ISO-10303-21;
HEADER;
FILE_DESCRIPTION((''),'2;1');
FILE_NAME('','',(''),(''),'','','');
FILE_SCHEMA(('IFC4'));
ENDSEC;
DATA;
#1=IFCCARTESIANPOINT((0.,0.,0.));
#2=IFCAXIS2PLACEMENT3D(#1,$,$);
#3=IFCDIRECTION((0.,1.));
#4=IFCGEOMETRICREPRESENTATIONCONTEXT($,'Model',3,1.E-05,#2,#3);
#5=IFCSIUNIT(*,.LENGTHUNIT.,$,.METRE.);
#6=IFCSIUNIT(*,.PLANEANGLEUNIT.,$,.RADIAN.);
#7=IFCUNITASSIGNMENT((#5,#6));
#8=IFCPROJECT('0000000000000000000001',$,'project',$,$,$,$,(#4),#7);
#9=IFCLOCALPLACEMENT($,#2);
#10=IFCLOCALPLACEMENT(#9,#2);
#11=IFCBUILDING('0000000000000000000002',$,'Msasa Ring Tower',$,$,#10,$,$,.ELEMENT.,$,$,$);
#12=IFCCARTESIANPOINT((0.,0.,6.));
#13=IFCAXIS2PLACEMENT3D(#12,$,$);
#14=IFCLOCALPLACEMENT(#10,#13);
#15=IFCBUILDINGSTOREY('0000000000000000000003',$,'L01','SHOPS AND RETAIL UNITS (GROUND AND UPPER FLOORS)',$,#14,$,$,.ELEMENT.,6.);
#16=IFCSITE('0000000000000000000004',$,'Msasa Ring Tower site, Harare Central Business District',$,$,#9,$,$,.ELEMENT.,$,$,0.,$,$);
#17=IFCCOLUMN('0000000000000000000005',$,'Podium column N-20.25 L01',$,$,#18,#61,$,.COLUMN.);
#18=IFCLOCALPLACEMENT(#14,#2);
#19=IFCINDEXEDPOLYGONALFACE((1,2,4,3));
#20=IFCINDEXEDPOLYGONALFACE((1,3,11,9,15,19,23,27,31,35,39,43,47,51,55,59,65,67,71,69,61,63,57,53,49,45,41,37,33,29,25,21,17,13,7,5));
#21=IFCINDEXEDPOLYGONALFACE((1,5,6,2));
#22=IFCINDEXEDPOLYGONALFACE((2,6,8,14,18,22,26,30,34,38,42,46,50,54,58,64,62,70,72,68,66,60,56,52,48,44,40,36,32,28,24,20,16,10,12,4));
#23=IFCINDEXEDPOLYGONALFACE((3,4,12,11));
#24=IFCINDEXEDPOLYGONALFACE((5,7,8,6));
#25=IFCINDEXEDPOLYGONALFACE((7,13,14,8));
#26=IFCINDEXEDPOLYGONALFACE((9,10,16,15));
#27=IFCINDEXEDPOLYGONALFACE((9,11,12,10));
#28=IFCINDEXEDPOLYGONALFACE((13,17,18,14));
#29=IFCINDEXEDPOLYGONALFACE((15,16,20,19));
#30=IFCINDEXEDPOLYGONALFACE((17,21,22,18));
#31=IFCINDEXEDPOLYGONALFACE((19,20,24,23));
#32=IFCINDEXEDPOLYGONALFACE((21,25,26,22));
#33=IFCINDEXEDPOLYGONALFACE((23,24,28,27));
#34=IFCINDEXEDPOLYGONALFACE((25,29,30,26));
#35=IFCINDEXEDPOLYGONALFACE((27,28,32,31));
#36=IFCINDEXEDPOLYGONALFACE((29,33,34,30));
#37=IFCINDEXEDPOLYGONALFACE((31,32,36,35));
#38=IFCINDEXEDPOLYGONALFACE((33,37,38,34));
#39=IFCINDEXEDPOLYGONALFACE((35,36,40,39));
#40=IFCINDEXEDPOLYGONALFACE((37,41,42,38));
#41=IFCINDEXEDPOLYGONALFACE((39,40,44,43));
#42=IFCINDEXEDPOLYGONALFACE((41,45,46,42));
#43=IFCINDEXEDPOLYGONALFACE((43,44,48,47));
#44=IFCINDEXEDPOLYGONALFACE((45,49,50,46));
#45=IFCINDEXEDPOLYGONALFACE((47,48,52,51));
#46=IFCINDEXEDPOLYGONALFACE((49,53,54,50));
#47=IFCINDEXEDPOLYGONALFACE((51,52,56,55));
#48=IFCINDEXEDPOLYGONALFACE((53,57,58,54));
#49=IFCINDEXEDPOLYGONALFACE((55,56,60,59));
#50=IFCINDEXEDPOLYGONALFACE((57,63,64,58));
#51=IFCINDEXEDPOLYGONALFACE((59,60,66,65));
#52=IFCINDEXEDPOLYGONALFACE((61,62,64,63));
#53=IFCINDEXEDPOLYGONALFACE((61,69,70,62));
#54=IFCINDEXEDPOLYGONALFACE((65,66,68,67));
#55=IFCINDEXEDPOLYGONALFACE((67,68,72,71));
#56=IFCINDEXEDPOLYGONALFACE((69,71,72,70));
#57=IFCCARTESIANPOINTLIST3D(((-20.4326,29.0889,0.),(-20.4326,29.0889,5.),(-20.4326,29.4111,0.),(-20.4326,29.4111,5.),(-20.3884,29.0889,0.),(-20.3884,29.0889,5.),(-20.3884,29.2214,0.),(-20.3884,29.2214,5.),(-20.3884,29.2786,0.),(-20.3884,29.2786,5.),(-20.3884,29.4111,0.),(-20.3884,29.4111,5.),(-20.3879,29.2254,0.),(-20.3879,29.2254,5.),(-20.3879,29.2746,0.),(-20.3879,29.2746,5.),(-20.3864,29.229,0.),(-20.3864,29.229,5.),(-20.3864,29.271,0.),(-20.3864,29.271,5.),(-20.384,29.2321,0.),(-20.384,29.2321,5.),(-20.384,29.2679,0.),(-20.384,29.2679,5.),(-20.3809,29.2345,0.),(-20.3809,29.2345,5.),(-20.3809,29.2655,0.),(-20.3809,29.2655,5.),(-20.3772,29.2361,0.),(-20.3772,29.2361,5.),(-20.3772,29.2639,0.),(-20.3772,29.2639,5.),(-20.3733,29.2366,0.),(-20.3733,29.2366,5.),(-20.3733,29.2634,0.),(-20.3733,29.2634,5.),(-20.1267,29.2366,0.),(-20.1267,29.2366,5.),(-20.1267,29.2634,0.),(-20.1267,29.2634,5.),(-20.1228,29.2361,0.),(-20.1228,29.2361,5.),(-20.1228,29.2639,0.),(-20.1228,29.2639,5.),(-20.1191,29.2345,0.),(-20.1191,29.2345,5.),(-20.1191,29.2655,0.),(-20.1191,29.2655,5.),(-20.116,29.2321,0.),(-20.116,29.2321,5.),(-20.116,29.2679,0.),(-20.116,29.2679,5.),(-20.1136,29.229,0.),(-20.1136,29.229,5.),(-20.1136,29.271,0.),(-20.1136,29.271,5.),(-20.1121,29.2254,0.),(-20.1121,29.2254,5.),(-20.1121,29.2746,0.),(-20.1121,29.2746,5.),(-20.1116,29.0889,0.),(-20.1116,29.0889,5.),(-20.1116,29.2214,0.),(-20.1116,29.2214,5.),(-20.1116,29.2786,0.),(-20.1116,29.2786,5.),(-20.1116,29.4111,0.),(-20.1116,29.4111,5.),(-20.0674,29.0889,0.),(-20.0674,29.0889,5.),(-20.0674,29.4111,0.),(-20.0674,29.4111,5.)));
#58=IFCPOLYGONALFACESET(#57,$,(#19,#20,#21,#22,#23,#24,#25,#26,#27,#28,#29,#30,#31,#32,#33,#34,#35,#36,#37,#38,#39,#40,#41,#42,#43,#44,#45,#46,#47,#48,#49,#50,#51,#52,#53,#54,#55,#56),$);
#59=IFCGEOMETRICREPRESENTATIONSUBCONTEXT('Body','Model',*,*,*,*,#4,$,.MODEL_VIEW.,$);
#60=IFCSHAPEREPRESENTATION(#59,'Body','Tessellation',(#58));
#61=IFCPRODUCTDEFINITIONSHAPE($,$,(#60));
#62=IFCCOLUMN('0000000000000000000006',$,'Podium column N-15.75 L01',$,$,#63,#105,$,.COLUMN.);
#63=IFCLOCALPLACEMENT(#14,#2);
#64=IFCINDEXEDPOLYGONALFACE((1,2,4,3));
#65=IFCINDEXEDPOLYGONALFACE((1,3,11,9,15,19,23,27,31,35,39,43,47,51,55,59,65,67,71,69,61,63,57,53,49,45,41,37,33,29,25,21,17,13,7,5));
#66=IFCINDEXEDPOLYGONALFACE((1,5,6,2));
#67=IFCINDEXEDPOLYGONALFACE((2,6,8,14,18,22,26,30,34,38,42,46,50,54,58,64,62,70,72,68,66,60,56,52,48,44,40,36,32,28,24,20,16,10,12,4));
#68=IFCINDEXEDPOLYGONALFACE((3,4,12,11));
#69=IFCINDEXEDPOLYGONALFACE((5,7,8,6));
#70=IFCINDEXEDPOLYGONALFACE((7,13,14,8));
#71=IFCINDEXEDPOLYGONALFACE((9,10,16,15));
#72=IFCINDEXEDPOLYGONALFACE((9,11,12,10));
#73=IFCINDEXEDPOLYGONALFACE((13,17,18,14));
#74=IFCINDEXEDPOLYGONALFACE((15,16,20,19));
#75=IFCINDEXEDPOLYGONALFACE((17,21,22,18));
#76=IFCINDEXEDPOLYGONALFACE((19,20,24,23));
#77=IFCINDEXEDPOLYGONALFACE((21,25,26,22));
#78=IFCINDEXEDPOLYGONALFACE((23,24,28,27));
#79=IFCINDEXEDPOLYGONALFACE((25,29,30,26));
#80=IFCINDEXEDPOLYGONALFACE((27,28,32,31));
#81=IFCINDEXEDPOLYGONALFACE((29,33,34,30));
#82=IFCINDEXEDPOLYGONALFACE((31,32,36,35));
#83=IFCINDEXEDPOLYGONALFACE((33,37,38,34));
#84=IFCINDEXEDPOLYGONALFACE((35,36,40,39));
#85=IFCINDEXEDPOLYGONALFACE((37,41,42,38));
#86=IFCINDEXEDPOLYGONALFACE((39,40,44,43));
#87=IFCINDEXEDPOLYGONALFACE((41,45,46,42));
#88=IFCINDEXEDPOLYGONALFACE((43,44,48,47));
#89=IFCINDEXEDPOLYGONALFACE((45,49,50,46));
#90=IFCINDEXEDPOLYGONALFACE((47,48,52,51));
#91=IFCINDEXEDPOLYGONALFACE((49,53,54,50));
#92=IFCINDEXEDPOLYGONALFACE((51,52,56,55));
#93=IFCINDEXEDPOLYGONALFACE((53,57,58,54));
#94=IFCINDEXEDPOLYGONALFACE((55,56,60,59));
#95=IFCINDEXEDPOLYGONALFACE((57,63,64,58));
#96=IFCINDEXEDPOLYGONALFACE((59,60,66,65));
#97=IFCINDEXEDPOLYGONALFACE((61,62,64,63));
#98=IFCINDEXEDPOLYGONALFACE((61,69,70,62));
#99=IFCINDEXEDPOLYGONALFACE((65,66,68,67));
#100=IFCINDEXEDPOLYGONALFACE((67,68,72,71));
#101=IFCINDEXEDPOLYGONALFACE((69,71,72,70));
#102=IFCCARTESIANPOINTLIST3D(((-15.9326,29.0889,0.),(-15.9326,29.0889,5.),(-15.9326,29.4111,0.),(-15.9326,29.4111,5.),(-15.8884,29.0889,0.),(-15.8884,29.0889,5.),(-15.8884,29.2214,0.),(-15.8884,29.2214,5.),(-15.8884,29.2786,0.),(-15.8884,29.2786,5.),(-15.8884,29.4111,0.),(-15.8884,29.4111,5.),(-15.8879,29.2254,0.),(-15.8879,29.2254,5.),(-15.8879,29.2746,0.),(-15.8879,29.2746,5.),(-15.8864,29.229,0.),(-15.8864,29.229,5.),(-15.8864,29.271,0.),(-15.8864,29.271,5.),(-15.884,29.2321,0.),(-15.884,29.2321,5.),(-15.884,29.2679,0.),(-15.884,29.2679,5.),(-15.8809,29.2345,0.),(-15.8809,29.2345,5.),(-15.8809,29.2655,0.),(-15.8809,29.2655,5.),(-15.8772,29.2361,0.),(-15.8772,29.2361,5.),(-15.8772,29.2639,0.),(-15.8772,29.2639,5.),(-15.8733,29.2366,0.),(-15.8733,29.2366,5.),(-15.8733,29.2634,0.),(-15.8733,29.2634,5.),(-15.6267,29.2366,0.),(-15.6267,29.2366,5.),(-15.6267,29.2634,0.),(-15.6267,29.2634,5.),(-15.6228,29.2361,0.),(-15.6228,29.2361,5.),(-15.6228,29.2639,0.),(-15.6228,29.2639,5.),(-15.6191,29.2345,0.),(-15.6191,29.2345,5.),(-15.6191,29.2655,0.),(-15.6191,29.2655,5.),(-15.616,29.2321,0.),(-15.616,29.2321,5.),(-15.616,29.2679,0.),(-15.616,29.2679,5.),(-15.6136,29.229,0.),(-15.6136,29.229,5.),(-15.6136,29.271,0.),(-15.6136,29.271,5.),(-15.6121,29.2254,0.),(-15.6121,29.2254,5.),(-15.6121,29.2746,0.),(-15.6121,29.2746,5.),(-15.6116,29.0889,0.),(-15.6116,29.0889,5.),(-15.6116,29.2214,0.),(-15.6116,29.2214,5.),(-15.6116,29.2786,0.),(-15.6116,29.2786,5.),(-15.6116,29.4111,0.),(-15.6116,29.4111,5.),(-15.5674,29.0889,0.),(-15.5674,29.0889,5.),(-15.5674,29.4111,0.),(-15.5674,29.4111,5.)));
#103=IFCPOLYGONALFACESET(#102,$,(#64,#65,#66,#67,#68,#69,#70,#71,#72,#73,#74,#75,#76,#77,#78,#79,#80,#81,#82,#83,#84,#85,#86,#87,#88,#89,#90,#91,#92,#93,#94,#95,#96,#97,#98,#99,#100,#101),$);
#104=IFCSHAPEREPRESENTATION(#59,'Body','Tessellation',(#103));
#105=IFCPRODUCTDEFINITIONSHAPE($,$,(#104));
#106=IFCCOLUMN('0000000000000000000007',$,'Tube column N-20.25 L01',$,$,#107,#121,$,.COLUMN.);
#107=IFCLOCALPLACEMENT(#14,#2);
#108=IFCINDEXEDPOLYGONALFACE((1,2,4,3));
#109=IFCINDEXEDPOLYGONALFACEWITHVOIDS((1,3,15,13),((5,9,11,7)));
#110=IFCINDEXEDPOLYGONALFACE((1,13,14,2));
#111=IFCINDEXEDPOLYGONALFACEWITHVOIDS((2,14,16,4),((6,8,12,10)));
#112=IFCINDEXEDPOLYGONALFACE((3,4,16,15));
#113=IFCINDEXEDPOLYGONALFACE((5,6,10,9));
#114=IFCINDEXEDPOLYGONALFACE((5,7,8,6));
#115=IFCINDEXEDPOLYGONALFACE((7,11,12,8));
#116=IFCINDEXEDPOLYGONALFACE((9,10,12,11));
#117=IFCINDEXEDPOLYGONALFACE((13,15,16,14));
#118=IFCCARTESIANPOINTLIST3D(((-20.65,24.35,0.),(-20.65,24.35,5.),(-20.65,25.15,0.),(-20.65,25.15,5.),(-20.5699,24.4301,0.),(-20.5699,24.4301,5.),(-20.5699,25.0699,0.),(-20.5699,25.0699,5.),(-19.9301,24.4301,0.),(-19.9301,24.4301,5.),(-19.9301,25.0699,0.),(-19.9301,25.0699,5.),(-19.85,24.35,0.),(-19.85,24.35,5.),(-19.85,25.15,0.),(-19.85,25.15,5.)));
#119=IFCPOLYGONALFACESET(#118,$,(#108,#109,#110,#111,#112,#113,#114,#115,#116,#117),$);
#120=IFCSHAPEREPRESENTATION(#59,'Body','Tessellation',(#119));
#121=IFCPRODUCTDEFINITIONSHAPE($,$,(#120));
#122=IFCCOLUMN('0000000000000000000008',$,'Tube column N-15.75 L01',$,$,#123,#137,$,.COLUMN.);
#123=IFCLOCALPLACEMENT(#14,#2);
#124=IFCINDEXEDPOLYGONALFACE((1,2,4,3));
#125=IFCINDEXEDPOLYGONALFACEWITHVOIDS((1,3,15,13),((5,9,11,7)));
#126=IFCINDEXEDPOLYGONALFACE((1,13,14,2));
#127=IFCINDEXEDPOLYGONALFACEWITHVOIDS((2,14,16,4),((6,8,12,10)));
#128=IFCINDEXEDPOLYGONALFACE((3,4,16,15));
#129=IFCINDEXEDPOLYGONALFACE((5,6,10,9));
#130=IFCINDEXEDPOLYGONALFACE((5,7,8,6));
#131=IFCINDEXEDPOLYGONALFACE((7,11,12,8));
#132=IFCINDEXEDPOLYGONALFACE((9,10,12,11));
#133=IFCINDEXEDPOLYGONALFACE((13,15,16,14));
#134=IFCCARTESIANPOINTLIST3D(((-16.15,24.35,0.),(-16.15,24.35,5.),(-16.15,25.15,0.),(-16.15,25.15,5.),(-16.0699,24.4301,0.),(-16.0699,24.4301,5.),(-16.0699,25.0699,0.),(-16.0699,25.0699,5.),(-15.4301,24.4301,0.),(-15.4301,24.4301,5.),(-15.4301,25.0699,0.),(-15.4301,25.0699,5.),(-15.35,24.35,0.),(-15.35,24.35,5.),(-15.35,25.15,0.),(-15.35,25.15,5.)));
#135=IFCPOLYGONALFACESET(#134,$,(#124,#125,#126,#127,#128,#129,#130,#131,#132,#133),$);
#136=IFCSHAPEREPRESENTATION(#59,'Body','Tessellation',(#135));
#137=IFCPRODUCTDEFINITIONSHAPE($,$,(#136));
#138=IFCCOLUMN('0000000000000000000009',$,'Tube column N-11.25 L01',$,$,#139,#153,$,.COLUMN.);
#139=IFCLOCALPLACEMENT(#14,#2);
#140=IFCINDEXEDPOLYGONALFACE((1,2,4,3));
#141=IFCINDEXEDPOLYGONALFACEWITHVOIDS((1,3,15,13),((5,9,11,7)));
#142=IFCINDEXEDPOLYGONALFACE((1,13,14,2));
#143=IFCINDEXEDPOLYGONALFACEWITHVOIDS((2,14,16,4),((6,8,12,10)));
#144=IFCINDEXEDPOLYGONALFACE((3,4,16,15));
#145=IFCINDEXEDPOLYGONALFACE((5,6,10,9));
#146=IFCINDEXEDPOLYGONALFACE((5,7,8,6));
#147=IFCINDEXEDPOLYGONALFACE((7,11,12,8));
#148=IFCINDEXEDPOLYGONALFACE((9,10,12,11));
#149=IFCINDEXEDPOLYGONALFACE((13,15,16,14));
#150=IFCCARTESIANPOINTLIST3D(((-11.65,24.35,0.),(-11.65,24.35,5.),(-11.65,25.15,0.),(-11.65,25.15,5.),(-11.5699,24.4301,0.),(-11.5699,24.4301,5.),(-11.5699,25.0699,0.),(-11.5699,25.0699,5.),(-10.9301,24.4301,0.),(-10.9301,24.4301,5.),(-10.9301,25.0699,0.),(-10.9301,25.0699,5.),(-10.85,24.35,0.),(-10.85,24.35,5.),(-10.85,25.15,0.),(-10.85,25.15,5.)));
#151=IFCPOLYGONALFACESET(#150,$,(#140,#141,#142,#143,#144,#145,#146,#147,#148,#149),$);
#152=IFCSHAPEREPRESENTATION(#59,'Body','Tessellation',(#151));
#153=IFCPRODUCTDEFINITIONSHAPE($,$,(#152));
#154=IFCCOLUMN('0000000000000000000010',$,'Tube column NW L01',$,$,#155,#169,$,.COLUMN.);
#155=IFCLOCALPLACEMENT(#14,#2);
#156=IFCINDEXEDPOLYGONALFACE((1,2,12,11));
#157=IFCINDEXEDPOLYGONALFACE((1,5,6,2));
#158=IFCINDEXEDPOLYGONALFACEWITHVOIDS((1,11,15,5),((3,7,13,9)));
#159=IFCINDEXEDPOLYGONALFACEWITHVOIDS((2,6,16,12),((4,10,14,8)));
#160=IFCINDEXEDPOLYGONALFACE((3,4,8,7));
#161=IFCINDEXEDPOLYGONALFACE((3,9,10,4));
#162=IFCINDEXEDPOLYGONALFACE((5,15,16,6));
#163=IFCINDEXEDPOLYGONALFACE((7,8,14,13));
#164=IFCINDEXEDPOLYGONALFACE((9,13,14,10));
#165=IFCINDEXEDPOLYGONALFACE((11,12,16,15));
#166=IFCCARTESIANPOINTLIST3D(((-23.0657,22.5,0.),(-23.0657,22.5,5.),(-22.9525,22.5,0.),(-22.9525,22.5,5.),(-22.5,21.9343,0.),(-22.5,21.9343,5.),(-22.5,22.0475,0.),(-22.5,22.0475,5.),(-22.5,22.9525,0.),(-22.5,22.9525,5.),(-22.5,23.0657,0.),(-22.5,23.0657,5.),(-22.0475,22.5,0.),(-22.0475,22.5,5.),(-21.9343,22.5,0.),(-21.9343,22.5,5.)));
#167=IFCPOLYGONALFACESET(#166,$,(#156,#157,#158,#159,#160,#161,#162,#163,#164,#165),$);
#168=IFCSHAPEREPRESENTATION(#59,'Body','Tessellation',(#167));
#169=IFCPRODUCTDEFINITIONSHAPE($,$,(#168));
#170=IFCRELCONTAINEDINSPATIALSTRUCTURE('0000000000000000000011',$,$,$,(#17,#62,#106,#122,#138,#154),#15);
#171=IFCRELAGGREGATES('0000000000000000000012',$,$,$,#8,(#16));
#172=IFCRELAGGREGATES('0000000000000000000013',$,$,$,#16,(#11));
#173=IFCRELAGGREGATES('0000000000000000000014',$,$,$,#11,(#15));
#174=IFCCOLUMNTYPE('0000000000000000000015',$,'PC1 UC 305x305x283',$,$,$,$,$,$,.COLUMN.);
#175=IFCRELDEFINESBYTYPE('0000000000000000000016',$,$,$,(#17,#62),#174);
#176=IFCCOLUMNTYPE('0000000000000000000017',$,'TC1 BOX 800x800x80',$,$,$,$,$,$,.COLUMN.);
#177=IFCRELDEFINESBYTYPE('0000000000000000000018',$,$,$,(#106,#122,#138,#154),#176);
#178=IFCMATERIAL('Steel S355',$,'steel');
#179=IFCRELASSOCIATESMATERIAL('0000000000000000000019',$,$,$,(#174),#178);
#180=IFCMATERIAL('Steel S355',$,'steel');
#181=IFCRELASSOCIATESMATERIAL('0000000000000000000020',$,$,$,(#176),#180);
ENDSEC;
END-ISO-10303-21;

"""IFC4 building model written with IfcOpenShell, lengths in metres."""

from ifc_helpers import new_model, si_unit, direction, frame, origin, origin_2d, place, context, subcontext, project, spatial, hollow_rectangle, i_section, extrude, material, material_profile, profile_set, type_object, element, save


model = new_model("IFC4")

# Units and contexts
model_context = context("Model", 3, precision=1e-05, world=origin(), true_north=direction((0.0, 1.0)))
body_context = subcontext(model_context, "Body", "Model", "MODEL_VIEW")
ifc_project = project(units=[si_unit("LENGTHUNIT", "METRE"), si_unit("PLANEANGLEUNIT", "RADIAN")], contexts=[model_context])

# Site, building, storey
site_placement = place(None, origin())
site = spatial("IfcSite", under=ifc_project, at=site_placement, Name="Msasa Ring Tower site, Harare Central Business District", CompositionType="ELEMENT", RefElevation=0.0)
building_placement = place(site_placement, origin())
building = spatial("IfcBuilding", under=site, at=building_placement, Name="Msasa Ring Tower", CompositionType="ELEMENT")
storey_placement = place(building_placement, frame((0.0, 0.0, 6.0)))
storey = spatial("IfcBuildingStorey", under=building, at=storey_placement, Name="L01", Description="SHOPS AND RETAIL UNITS (GROUND AND UPPER FLOORS)", CompositionType="ELEMENT", Elevation=6.0)

# Columns
ifc_material_1 = material(Name="Steel S355", Category="steel")
ifc_material_profile_1 = material_profile(ifc_material_1, i_section(OverallWidth=0.3223, OverallDepth=0.3652, WebThickness=0.0269, FlangeThickness=0.0442, FilletRadius=0.0151, at=origin_2d()), Name="UC 305x305x283")
ifc_profile_set_1 = profile_set([ifc_material_profile_1], Name="Steel S355")
column_type_1 = type_object("IfcColumnType", Name="PC1 UC 305x305x283", PredefinedType="COLUMN", material=ifc_profile_set_1)
for number, where, z_axis, x_axis, name in (
    (1, (-20.25, 29.25, 0.0), (0.0, 0.0, 1.0), (0.0, 1.0, 0.0), "Podium column N-20.25 L01"),
    (2, (-15.75, 29.25, 0.0), (0.0, 0.0, 1.0), (0.0, 1.0, 0.0), "Podium column N-15.75 L01"),
):
    element("IfcColumn", number, at=place(storey_placement, frame(where, z_axis=z_axis, x_axis=x_axis)), inside=storey, type_object=column_type_1, Name=name, PredefinedType="COLUMN", context=body_context, shape_type="SweptSolid", body=[
        extrude(i_section(OverallWidth=0.3223, OverallDepth=0.3652, WebThickness=0.0269, FlangeThickness=0.0442, FilletRadius=0.0151, at=origin_2d()), origin(), (0.0, 0.0, 1.0), 5.0),
    ])
ifc_material_2 = material(Name="Steel S355", Category="steel")
ifc_material_profile_2 = material_profile(ifc_material_2, hollow_rectangle(XDim=0.8, YDim=0.8, WallThickness=0.0801, at=origin_2d()), Name="BOX 800x800x80")
ifc_profile_set_2 = profile_set([ifc_material_profile_2], Name="Steel S355")
column_type_2 = type_object("IfcColumnType", Name="TC1 BOX 800x800x80", PredefinedType="COLUMN", material=ifc_profile_set_2)
for number, where, z_axis, x_axis, name in (
    (3, (-20.25, 24.75, 0.0), (0.0, 0.0, 1.0), (0.0, 1.0, 0.0), "Tube column N-20.25 L01"),
    (4, (-15.75, 24.75, 0.0), (0.0, 0.0, 1.0), (0.0, 1.0, 0.0), "Tube column N-15.75 L01"),
    (5, (-11.25, 24.75, 0.0), (0.0, 0.0, 1.0), (0.0, 1.0, 0.0), "Tube column N-11.25 L01"),
    (6, (-22.5, 22.5, 0.0), (0.0, 0.0, 1.0), (0.707107, -0.707107, 0.0), "Tube column NW L01"),
):
    element("IfcColumn", number, at=place(storey_placement, frame(where, z_axis=z_axis, x_axis=x_axis)), inside=storey, type_object=column_type_2, Name=name, PredefinedType="COLUMN", context=body_context, shape_type="SweptSolid", body=[
        extrude(hollow_rectangle(XDim=0.8, YDim=0.8, WallThickness=0.0801, at=origin_2d()), origin(), (0.0, 0.0, 1.0), 5.0),
    ])

save(model, "model.ifc")
